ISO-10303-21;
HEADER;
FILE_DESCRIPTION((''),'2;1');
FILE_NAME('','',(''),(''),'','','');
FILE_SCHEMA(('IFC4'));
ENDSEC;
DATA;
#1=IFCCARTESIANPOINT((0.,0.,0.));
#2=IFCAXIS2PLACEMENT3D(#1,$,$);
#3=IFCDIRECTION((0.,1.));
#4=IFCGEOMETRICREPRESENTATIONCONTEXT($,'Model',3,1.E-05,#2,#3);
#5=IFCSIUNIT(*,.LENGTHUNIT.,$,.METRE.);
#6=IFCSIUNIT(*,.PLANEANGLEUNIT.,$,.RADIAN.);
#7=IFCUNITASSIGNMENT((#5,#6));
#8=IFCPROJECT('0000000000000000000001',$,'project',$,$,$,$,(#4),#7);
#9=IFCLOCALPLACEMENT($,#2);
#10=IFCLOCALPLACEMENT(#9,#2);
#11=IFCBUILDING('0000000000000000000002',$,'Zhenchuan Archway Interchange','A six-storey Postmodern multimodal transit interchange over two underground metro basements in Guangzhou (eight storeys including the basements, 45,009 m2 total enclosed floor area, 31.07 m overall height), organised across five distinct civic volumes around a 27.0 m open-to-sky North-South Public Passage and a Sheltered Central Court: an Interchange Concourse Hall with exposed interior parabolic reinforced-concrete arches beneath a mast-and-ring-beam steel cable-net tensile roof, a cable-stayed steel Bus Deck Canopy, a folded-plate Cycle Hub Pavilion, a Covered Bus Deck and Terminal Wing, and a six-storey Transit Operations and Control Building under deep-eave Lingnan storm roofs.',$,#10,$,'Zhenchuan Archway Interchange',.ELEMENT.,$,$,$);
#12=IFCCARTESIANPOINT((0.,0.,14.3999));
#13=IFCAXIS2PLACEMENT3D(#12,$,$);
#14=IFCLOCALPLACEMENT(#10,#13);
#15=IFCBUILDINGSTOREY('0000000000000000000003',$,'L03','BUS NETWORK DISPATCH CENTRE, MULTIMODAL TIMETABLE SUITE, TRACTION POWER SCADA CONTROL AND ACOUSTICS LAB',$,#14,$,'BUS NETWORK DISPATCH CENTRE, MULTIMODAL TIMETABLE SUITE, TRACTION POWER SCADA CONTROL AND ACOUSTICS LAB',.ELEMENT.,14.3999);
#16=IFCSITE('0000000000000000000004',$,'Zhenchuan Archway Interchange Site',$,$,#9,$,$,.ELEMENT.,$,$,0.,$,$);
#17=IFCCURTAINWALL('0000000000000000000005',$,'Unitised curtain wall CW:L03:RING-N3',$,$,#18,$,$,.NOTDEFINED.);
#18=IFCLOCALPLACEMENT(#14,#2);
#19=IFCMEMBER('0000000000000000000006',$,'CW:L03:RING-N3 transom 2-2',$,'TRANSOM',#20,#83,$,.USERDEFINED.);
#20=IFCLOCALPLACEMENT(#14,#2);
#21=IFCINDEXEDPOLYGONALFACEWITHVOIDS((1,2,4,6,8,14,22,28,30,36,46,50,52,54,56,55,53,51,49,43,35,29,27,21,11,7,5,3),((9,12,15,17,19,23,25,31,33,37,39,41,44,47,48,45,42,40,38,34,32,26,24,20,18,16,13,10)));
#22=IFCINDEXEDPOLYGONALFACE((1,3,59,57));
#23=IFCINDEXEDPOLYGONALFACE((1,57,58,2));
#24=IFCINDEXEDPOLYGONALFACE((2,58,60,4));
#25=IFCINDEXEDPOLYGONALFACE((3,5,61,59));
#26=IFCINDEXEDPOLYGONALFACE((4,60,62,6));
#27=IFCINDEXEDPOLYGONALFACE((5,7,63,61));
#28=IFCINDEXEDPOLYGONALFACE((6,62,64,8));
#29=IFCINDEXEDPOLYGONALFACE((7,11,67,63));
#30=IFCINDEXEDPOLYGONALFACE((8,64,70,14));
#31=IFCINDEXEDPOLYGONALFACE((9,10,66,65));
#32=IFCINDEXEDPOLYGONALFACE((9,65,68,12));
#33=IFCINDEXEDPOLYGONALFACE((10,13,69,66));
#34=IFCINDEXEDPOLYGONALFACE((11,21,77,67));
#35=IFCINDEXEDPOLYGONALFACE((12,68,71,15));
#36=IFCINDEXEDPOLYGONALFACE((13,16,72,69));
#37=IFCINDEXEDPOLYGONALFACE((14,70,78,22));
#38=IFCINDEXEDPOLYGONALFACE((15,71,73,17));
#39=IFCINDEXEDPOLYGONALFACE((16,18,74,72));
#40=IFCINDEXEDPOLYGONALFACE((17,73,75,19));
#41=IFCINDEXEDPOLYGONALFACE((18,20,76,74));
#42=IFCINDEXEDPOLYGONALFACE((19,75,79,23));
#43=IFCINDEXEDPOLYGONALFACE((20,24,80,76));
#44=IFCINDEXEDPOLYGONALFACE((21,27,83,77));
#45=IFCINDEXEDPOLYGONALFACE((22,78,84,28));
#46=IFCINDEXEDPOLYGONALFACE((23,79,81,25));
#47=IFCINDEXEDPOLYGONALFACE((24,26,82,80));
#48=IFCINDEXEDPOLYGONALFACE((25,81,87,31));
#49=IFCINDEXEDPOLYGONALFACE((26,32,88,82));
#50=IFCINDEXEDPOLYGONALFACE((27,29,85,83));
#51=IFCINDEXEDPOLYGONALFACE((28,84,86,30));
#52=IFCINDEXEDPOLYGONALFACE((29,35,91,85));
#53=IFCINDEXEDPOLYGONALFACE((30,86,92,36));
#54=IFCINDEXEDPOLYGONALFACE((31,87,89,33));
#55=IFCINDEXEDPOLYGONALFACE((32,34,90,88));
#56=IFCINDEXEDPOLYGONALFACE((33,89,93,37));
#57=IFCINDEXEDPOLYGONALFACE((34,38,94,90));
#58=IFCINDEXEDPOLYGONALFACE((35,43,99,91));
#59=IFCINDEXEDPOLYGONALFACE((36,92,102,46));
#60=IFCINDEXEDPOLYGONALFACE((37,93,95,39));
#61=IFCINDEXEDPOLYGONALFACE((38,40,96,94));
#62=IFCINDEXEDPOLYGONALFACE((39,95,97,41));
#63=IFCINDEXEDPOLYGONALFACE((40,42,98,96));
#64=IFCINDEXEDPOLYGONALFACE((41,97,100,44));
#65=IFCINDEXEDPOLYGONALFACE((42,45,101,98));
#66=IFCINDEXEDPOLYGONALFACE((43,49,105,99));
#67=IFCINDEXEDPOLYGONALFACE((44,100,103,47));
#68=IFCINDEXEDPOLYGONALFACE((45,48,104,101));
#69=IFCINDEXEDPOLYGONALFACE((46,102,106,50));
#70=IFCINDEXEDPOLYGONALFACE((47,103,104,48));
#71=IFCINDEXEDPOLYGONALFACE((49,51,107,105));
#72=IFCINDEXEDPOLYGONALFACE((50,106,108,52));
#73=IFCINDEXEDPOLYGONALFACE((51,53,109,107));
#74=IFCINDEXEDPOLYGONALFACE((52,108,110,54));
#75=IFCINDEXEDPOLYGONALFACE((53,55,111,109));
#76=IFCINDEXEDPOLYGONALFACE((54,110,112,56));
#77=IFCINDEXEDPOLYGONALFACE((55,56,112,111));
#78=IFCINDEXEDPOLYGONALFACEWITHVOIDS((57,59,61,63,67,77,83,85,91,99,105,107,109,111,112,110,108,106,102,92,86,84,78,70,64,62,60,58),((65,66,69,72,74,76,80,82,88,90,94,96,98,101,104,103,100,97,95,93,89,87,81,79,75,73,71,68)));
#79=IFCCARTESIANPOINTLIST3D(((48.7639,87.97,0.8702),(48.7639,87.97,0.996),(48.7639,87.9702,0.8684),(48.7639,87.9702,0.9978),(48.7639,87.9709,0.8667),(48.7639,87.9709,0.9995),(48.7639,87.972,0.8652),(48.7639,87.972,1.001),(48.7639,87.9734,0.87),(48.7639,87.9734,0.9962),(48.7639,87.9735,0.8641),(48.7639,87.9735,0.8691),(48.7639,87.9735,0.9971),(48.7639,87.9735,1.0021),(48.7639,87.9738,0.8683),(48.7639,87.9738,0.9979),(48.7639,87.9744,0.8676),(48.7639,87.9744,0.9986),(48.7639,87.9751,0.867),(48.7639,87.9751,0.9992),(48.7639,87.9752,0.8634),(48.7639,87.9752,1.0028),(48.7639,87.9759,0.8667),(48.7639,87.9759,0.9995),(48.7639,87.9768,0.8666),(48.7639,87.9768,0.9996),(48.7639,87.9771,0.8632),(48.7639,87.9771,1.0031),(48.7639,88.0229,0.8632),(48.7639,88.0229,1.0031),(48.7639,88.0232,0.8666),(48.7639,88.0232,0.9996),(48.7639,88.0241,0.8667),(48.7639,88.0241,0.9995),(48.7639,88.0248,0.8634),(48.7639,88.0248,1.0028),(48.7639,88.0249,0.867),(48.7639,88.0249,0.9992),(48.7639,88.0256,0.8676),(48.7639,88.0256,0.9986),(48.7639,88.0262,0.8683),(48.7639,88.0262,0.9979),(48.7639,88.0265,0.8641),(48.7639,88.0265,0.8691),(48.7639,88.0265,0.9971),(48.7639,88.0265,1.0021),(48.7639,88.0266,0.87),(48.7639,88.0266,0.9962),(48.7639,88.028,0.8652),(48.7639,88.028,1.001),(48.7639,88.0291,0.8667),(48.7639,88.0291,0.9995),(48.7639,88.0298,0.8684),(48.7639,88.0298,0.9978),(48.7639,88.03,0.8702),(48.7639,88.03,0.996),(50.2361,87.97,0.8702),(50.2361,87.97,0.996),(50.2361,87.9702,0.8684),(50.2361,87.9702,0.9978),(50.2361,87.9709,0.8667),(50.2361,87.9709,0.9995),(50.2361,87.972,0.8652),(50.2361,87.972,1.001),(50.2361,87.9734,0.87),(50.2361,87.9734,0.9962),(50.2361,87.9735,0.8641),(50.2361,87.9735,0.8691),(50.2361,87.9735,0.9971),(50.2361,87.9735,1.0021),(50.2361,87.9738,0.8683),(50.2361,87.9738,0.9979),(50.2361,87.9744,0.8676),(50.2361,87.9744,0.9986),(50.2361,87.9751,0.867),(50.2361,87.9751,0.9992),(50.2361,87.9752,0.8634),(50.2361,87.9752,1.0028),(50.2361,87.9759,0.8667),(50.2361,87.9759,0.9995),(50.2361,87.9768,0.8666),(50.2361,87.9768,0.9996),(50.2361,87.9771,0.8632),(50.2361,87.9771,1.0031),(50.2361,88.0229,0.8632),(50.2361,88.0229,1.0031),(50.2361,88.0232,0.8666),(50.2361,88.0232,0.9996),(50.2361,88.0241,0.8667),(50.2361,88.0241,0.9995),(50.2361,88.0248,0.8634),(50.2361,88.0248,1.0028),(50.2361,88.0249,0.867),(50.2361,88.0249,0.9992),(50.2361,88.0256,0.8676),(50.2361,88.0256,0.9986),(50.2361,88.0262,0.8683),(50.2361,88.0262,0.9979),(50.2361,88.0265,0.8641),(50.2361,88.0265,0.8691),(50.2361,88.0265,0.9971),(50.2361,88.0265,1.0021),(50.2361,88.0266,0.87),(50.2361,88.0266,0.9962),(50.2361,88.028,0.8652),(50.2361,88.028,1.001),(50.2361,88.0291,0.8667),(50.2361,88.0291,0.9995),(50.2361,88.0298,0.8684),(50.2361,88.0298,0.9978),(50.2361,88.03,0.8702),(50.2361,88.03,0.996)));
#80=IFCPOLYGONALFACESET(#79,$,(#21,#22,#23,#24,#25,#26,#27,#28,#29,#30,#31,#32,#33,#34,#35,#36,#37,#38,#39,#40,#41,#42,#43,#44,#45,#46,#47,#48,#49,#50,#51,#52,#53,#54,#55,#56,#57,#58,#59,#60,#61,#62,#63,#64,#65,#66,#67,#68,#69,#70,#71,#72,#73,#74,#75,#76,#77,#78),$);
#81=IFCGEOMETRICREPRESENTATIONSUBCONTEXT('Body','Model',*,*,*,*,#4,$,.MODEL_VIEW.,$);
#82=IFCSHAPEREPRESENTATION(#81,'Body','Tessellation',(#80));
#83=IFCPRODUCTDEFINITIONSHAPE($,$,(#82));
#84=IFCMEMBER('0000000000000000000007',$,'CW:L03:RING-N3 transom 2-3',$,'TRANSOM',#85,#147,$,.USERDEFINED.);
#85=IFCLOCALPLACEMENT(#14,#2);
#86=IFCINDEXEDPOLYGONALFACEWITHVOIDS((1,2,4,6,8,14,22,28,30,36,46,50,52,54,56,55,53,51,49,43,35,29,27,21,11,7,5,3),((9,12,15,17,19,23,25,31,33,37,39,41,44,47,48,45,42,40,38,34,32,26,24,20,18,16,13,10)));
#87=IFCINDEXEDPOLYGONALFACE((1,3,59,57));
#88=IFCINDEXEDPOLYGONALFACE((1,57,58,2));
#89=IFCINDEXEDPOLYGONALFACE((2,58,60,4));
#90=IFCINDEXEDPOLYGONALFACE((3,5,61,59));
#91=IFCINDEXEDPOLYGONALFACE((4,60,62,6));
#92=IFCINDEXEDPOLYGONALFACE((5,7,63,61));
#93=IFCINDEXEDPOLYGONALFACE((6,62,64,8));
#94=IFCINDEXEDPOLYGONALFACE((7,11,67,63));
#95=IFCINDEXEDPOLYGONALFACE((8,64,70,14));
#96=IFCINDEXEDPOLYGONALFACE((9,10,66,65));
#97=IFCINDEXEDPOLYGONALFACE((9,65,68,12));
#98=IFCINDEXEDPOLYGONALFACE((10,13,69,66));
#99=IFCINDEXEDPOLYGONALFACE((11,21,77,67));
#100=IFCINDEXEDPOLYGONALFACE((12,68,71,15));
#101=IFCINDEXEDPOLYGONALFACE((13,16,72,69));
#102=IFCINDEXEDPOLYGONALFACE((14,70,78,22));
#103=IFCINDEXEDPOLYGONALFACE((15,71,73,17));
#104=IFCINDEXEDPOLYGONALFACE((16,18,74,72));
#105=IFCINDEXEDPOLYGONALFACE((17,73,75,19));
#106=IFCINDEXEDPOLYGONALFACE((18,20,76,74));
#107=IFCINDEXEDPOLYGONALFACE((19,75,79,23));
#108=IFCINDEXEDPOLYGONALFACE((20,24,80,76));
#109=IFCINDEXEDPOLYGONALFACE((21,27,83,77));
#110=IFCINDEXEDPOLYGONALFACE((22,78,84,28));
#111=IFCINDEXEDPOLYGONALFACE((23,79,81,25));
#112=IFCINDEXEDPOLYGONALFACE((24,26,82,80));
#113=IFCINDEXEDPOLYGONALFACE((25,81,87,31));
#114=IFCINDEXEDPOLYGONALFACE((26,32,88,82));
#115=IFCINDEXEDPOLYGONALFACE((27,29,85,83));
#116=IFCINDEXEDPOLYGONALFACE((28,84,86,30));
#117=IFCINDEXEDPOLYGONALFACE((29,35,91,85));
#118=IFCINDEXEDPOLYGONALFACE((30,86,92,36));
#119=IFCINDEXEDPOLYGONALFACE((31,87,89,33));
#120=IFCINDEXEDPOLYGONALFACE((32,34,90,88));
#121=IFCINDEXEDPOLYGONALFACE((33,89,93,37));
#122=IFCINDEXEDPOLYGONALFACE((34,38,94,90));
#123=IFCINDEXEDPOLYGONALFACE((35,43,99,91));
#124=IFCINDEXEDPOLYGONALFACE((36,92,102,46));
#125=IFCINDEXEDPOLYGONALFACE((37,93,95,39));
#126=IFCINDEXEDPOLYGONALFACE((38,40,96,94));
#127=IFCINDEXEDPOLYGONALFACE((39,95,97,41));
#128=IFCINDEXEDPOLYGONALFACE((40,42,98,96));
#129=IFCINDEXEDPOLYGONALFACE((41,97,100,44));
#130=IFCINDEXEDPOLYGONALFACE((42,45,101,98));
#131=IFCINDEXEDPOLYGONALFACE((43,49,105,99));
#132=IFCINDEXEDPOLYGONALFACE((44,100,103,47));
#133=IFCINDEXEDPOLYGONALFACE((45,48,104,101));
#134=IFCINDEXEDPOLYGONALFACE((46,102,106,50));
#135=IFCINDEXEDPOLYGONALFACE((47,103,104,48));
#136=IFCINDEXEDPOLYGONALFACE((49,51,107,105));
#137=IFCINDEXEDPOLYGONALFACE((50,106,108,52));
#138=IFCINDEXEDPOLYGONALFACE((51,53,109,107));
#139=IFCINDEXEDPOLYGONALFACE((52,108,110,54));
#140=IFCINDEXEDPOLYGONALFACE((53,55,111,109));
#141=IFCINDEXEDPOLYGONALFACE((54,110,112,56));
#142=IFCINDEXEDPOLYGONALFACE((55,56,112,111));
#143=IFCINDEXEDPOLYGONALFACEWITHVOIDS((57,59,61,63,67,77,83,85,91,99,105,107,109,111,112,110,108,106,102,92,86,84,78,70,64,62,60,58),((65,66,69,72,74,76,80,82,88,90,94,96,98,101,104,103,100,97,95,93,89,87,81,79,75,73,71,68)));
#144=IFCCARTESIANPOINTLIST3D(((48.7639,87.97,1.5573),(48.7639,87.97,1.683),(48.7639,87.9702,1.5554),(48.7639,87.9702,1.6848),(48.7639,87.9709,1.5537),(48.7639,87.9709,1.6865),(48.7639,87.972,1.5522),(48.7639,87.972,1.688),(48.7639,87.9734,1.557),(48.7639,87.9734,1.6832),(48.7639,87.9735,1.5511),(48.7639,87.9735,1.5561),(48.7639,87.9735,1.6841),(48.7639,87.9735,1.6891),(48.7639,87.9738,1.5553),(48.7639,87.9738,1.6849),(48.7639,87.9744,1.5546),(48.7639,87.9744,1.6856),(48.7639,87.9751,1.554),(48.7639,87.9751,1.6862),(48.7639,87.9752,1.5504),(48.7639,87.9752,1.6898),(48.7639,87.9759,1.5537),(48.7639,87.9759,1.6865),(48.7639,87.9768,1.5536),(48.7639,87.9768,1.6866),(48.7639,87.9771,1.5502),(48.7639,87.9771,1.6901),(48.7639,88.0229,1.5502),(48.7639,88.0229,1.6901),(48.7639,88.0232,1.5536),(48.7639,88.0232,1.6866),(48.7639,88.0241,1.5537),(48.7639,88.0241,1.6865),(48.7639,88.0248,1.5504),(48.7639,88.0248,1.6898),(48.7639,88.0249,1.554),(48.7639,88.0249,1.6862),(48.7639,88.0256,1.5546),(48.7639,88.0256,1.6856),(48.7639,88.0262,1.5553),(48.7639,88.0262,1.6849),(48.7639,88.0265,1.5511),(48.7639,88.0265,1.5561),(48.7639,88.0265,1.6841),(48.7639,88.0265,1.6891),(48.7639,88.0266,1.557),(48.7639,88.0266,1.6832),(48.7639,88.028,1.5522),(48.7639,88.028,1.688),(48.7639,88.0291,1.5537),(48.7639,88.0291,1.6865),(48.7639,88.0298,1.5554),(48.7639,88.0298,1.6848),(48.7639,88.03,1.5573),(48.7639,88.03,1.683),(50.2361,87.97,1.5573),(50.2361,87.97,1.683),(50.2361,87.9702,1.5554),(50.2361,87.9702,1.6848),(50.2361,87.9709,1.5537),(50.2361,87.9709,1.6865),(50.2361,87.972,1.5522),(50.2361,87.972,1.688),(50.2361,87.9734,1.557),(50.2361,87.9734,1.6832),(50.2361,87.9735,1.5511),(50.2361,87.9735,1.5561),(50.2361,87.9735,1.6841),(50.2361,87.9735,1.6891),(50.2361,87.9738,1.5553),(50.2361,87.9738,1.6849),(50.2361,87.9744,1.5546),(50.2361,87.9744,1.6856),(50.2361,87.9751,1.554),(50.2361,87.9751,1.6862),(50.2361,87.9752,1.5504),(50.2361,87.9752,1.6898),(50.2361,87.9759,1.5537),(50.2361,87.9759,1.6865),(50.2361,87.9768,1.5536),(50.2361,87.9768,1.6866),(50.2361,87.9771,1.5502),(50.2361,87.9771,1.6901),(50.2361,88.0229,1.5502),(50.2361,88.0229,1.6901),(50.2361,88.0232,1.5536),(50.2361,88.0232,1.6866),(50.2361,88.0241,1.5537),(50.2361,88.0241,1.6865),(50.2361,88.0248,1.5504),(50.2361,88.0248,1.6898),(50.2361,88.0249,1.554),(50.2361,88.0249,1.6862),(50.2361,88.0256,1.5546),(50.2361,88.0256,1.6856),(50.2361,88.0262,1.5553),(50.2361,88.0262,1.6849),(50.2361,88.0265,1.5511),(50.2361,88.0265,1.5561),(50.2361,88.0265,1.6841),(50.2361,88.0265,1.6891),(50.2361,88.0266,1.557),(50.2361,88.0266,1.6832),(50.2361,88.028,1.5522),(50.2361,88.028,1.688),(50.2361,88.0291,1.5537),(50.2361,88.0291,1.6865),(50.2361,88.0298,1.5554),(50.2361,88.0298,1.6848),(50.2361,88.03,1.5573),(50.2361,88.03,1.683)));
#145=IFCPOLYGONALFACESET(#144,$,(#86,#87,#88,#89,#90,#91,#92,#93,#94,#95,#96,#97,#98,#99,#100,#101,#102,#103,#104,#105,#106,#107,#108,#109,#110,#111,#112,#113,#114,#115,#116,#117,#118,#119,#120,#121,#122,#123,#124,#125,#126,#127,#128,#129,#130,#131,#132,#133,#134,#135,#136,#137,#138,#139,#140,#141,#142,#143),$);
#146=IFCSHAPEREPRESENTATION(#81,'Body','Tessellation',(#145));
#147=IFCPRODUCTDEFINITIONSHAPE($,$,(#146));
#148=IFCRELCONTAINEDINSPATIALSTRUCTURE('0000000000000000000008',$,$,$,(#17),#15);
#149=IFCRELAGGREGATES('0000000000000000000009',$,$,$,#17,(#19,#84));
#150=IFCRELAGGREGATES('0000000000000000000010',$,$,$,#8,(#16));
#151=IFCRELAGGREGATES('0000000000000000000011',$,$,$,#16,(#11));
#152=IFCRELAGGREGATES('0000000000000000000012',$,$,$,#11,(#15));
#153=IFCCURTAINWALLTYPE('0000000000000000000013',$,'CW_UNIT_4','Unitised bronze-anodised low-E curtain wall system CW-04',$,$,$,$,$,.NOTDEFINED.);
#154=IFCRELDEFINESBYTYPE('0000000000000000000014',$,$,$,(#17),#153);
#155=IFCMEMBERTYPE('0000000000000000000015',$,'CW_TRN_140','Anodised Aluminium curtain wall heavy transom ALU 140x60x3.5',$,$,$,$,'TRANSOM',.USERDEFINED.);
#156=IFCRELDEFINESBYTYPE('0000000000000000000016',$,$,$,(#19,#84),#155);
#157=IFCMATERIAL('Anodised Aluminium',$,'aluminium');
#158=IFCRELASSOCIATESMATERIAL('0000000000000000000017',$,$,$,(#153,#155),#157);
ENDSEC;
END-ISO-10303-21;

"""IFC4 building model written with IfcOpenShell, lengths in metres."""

from ifc_helpers import new_model, si_unit, direction, frame, origin, origin_2d, place, context, subcontext, project, spatial, hollow_rectangle, extrude, material, material_profile, profile_set, type_object, element, aggregate, save


model = new_model("IFC4")

# Units and contexts
model_context = context("Model", 3, precision=1e-05, world=origin(), true_north=direction((0.0, 1.0)))
body_context = subcontext(model_context, "Body", "Model", "MODEL_VIEW")
ifc_project = project(units=[si_unit("LENGTHUNIT", "METRE"), si_unit("PLANEANGLEUNIT", "RADIAN")], contexts=[model_context])

# Site, building, storey
site_placement = place(None, origin())
site = spatial("IfcSite", under=ifc_project, at=site_placement, Name="Zhenchuan Archway Interchange Site", CompositionType="ELEMENT", RefElevation=0.0)
building_placement = place(site_placement, origin())
building = spatial("IfcBuilding", under=site, at=building_placement, Name="Zhenchuan Archway Interchange", Description="A six-storey Postmodern multimodal transit interchange over two underground metro basements in Guangzhou (eight storeys including the basements, 45,009 m2 total enclosed floor area, 31.07 m overall height), organised across five distinct civic volumes around a 27.0 m open-to-sky North-South Public Passage and a Sheltered Central Court: an Interchange Concourse Hall with exposed interior parabolic reinforced-concrete arches beneath a mast-and-ring-beam steel cable-net tensile roof, a cable-stayed steel Bus Deck Canopy, a folded-plate Cycle Hub Pavilion, a Covered Bus Deck and Terminal Wing, and a six-storey Transit Operations and Control Building under deep-eave Lingnan storm roofs.", LongName="Zhenchuan Archway Interchange", CompositionType="ELEMENT")
storey_placement = place(building_placement, frame((0.0, 0.0, 14.3999)))
storey = spatial("IfcBuildingStorey", under=building, at=storey_placement, Name="L03", Description="BUS NETWORK DISPATCH CENTRE, MULTIMODAL TIMETABLE SUITE, TRACTION POWER SCADA CONTROL AND ACOUSTICS LAB", LongName="BUS NETWORK DISPATCH CENTRE, MULTIMODAL TIMETABLE SUITE, TRACTION POWER SCADA CONTROL AND ACOUSTICS LAB", CompositionType="ELEMENT", Elevation=14.3999)

# Curtain wall
ifc_material_1 = material(Name="Anodised Aluminium", Category="aluminium")
curtain_wall_type = type_object("IfcCurtainWallType", Name="CW_UNIT_4", Description="Unitised bronze-anodised low-E curtain wall system CW-04", PredefinedType="NOTDEFINED", material=ifc_material_1)
curtain_wall_1_placement = place(storey_placement, origin())
curtain_wall_1 = element("IfcCurtainWall", 1, at=curtain_wall_1_placement, inside=storey, type_object=curtain_wall_type, Name="Unitised curtain wall CW:L03:RING-N3", PredefinedType="NOTDEFINED")

# Members
ifc_material_profile_1 = material_profile(ifc_material_1, hollow_rectangle(XDim=0.0601, YDim=0.1399, WallThickness=0.0034, InnerFilletRadius=0.0034, OuterFilletRadius=0.0071, at=origin_2d()), Name="ALU 140x60x3.5")
ifc_profile_set_1 = profile_set([ifc_material_profile_1], Name="Anodised Aluminium")
member_type_1 = type_object("IfcMemberType", Name="CW_TRN_140", Description="Anodised Aluminium curtain wall heavy transom ALU 140x60x3.5", ElementType="TRANSOM", PredefinedType="USERDEFINED", material=ifc_profile_set_1)
member_1_placement = place(storey_placement, frame((48.7639, 88.0, 0.9331), z_axis=(1.0, 0.0, 0.0), x_axis=(0.0, 1.0, 0.0)))
member_1 = element("IfcMember", 2, at=member_1_placement, type_object=member_type_1, Name="CW:L03:RING-N3 transom 2-2", ObjectType="TRANSOM", PredefinedType="USERDEFINED", context=body_context, shape_type="SweptSolid", body=[
    extrude(hollow_rectangle(XDim=0.0601, YDim=0.1399, WallThickness=0.0034, InnerFilletRadius=0.0034, OuterFilletRadius=0.0071, at=origin_2d()), origin(), (0.0, 0.0, 1.0), 1.4722),
])
member_2_placement = place(storey_placement, frame((48.7639, 88.0, 1.6201), z_axis=(1.0, 0.0, 0.0), x_axis=(0.0, 1.0, 0.0)))
member_2 = element("IfcMember", 3, at=member_2_placement, type_object=member_type_1, Name="CW:L03:RING-N3 transom 2-3", ObjectType="TRANSOM", PredefinedType="USERDEFINED", context=body_context, shape_type="SweptSolid", body=[
    extrude(hollow_rectangle(XDim=0.0601, YDim=0.1399, WallThickness=0.0034, InnerFilletRadius=0.0034, OuterFilletRadius=0.0071, at=origin_2d()), origin(), (0.0, 0.0, 1.0), 1.4722),
])

aggregate(curtain_wall_1, [member_1, member_2])

save(model, "model.ifc")
